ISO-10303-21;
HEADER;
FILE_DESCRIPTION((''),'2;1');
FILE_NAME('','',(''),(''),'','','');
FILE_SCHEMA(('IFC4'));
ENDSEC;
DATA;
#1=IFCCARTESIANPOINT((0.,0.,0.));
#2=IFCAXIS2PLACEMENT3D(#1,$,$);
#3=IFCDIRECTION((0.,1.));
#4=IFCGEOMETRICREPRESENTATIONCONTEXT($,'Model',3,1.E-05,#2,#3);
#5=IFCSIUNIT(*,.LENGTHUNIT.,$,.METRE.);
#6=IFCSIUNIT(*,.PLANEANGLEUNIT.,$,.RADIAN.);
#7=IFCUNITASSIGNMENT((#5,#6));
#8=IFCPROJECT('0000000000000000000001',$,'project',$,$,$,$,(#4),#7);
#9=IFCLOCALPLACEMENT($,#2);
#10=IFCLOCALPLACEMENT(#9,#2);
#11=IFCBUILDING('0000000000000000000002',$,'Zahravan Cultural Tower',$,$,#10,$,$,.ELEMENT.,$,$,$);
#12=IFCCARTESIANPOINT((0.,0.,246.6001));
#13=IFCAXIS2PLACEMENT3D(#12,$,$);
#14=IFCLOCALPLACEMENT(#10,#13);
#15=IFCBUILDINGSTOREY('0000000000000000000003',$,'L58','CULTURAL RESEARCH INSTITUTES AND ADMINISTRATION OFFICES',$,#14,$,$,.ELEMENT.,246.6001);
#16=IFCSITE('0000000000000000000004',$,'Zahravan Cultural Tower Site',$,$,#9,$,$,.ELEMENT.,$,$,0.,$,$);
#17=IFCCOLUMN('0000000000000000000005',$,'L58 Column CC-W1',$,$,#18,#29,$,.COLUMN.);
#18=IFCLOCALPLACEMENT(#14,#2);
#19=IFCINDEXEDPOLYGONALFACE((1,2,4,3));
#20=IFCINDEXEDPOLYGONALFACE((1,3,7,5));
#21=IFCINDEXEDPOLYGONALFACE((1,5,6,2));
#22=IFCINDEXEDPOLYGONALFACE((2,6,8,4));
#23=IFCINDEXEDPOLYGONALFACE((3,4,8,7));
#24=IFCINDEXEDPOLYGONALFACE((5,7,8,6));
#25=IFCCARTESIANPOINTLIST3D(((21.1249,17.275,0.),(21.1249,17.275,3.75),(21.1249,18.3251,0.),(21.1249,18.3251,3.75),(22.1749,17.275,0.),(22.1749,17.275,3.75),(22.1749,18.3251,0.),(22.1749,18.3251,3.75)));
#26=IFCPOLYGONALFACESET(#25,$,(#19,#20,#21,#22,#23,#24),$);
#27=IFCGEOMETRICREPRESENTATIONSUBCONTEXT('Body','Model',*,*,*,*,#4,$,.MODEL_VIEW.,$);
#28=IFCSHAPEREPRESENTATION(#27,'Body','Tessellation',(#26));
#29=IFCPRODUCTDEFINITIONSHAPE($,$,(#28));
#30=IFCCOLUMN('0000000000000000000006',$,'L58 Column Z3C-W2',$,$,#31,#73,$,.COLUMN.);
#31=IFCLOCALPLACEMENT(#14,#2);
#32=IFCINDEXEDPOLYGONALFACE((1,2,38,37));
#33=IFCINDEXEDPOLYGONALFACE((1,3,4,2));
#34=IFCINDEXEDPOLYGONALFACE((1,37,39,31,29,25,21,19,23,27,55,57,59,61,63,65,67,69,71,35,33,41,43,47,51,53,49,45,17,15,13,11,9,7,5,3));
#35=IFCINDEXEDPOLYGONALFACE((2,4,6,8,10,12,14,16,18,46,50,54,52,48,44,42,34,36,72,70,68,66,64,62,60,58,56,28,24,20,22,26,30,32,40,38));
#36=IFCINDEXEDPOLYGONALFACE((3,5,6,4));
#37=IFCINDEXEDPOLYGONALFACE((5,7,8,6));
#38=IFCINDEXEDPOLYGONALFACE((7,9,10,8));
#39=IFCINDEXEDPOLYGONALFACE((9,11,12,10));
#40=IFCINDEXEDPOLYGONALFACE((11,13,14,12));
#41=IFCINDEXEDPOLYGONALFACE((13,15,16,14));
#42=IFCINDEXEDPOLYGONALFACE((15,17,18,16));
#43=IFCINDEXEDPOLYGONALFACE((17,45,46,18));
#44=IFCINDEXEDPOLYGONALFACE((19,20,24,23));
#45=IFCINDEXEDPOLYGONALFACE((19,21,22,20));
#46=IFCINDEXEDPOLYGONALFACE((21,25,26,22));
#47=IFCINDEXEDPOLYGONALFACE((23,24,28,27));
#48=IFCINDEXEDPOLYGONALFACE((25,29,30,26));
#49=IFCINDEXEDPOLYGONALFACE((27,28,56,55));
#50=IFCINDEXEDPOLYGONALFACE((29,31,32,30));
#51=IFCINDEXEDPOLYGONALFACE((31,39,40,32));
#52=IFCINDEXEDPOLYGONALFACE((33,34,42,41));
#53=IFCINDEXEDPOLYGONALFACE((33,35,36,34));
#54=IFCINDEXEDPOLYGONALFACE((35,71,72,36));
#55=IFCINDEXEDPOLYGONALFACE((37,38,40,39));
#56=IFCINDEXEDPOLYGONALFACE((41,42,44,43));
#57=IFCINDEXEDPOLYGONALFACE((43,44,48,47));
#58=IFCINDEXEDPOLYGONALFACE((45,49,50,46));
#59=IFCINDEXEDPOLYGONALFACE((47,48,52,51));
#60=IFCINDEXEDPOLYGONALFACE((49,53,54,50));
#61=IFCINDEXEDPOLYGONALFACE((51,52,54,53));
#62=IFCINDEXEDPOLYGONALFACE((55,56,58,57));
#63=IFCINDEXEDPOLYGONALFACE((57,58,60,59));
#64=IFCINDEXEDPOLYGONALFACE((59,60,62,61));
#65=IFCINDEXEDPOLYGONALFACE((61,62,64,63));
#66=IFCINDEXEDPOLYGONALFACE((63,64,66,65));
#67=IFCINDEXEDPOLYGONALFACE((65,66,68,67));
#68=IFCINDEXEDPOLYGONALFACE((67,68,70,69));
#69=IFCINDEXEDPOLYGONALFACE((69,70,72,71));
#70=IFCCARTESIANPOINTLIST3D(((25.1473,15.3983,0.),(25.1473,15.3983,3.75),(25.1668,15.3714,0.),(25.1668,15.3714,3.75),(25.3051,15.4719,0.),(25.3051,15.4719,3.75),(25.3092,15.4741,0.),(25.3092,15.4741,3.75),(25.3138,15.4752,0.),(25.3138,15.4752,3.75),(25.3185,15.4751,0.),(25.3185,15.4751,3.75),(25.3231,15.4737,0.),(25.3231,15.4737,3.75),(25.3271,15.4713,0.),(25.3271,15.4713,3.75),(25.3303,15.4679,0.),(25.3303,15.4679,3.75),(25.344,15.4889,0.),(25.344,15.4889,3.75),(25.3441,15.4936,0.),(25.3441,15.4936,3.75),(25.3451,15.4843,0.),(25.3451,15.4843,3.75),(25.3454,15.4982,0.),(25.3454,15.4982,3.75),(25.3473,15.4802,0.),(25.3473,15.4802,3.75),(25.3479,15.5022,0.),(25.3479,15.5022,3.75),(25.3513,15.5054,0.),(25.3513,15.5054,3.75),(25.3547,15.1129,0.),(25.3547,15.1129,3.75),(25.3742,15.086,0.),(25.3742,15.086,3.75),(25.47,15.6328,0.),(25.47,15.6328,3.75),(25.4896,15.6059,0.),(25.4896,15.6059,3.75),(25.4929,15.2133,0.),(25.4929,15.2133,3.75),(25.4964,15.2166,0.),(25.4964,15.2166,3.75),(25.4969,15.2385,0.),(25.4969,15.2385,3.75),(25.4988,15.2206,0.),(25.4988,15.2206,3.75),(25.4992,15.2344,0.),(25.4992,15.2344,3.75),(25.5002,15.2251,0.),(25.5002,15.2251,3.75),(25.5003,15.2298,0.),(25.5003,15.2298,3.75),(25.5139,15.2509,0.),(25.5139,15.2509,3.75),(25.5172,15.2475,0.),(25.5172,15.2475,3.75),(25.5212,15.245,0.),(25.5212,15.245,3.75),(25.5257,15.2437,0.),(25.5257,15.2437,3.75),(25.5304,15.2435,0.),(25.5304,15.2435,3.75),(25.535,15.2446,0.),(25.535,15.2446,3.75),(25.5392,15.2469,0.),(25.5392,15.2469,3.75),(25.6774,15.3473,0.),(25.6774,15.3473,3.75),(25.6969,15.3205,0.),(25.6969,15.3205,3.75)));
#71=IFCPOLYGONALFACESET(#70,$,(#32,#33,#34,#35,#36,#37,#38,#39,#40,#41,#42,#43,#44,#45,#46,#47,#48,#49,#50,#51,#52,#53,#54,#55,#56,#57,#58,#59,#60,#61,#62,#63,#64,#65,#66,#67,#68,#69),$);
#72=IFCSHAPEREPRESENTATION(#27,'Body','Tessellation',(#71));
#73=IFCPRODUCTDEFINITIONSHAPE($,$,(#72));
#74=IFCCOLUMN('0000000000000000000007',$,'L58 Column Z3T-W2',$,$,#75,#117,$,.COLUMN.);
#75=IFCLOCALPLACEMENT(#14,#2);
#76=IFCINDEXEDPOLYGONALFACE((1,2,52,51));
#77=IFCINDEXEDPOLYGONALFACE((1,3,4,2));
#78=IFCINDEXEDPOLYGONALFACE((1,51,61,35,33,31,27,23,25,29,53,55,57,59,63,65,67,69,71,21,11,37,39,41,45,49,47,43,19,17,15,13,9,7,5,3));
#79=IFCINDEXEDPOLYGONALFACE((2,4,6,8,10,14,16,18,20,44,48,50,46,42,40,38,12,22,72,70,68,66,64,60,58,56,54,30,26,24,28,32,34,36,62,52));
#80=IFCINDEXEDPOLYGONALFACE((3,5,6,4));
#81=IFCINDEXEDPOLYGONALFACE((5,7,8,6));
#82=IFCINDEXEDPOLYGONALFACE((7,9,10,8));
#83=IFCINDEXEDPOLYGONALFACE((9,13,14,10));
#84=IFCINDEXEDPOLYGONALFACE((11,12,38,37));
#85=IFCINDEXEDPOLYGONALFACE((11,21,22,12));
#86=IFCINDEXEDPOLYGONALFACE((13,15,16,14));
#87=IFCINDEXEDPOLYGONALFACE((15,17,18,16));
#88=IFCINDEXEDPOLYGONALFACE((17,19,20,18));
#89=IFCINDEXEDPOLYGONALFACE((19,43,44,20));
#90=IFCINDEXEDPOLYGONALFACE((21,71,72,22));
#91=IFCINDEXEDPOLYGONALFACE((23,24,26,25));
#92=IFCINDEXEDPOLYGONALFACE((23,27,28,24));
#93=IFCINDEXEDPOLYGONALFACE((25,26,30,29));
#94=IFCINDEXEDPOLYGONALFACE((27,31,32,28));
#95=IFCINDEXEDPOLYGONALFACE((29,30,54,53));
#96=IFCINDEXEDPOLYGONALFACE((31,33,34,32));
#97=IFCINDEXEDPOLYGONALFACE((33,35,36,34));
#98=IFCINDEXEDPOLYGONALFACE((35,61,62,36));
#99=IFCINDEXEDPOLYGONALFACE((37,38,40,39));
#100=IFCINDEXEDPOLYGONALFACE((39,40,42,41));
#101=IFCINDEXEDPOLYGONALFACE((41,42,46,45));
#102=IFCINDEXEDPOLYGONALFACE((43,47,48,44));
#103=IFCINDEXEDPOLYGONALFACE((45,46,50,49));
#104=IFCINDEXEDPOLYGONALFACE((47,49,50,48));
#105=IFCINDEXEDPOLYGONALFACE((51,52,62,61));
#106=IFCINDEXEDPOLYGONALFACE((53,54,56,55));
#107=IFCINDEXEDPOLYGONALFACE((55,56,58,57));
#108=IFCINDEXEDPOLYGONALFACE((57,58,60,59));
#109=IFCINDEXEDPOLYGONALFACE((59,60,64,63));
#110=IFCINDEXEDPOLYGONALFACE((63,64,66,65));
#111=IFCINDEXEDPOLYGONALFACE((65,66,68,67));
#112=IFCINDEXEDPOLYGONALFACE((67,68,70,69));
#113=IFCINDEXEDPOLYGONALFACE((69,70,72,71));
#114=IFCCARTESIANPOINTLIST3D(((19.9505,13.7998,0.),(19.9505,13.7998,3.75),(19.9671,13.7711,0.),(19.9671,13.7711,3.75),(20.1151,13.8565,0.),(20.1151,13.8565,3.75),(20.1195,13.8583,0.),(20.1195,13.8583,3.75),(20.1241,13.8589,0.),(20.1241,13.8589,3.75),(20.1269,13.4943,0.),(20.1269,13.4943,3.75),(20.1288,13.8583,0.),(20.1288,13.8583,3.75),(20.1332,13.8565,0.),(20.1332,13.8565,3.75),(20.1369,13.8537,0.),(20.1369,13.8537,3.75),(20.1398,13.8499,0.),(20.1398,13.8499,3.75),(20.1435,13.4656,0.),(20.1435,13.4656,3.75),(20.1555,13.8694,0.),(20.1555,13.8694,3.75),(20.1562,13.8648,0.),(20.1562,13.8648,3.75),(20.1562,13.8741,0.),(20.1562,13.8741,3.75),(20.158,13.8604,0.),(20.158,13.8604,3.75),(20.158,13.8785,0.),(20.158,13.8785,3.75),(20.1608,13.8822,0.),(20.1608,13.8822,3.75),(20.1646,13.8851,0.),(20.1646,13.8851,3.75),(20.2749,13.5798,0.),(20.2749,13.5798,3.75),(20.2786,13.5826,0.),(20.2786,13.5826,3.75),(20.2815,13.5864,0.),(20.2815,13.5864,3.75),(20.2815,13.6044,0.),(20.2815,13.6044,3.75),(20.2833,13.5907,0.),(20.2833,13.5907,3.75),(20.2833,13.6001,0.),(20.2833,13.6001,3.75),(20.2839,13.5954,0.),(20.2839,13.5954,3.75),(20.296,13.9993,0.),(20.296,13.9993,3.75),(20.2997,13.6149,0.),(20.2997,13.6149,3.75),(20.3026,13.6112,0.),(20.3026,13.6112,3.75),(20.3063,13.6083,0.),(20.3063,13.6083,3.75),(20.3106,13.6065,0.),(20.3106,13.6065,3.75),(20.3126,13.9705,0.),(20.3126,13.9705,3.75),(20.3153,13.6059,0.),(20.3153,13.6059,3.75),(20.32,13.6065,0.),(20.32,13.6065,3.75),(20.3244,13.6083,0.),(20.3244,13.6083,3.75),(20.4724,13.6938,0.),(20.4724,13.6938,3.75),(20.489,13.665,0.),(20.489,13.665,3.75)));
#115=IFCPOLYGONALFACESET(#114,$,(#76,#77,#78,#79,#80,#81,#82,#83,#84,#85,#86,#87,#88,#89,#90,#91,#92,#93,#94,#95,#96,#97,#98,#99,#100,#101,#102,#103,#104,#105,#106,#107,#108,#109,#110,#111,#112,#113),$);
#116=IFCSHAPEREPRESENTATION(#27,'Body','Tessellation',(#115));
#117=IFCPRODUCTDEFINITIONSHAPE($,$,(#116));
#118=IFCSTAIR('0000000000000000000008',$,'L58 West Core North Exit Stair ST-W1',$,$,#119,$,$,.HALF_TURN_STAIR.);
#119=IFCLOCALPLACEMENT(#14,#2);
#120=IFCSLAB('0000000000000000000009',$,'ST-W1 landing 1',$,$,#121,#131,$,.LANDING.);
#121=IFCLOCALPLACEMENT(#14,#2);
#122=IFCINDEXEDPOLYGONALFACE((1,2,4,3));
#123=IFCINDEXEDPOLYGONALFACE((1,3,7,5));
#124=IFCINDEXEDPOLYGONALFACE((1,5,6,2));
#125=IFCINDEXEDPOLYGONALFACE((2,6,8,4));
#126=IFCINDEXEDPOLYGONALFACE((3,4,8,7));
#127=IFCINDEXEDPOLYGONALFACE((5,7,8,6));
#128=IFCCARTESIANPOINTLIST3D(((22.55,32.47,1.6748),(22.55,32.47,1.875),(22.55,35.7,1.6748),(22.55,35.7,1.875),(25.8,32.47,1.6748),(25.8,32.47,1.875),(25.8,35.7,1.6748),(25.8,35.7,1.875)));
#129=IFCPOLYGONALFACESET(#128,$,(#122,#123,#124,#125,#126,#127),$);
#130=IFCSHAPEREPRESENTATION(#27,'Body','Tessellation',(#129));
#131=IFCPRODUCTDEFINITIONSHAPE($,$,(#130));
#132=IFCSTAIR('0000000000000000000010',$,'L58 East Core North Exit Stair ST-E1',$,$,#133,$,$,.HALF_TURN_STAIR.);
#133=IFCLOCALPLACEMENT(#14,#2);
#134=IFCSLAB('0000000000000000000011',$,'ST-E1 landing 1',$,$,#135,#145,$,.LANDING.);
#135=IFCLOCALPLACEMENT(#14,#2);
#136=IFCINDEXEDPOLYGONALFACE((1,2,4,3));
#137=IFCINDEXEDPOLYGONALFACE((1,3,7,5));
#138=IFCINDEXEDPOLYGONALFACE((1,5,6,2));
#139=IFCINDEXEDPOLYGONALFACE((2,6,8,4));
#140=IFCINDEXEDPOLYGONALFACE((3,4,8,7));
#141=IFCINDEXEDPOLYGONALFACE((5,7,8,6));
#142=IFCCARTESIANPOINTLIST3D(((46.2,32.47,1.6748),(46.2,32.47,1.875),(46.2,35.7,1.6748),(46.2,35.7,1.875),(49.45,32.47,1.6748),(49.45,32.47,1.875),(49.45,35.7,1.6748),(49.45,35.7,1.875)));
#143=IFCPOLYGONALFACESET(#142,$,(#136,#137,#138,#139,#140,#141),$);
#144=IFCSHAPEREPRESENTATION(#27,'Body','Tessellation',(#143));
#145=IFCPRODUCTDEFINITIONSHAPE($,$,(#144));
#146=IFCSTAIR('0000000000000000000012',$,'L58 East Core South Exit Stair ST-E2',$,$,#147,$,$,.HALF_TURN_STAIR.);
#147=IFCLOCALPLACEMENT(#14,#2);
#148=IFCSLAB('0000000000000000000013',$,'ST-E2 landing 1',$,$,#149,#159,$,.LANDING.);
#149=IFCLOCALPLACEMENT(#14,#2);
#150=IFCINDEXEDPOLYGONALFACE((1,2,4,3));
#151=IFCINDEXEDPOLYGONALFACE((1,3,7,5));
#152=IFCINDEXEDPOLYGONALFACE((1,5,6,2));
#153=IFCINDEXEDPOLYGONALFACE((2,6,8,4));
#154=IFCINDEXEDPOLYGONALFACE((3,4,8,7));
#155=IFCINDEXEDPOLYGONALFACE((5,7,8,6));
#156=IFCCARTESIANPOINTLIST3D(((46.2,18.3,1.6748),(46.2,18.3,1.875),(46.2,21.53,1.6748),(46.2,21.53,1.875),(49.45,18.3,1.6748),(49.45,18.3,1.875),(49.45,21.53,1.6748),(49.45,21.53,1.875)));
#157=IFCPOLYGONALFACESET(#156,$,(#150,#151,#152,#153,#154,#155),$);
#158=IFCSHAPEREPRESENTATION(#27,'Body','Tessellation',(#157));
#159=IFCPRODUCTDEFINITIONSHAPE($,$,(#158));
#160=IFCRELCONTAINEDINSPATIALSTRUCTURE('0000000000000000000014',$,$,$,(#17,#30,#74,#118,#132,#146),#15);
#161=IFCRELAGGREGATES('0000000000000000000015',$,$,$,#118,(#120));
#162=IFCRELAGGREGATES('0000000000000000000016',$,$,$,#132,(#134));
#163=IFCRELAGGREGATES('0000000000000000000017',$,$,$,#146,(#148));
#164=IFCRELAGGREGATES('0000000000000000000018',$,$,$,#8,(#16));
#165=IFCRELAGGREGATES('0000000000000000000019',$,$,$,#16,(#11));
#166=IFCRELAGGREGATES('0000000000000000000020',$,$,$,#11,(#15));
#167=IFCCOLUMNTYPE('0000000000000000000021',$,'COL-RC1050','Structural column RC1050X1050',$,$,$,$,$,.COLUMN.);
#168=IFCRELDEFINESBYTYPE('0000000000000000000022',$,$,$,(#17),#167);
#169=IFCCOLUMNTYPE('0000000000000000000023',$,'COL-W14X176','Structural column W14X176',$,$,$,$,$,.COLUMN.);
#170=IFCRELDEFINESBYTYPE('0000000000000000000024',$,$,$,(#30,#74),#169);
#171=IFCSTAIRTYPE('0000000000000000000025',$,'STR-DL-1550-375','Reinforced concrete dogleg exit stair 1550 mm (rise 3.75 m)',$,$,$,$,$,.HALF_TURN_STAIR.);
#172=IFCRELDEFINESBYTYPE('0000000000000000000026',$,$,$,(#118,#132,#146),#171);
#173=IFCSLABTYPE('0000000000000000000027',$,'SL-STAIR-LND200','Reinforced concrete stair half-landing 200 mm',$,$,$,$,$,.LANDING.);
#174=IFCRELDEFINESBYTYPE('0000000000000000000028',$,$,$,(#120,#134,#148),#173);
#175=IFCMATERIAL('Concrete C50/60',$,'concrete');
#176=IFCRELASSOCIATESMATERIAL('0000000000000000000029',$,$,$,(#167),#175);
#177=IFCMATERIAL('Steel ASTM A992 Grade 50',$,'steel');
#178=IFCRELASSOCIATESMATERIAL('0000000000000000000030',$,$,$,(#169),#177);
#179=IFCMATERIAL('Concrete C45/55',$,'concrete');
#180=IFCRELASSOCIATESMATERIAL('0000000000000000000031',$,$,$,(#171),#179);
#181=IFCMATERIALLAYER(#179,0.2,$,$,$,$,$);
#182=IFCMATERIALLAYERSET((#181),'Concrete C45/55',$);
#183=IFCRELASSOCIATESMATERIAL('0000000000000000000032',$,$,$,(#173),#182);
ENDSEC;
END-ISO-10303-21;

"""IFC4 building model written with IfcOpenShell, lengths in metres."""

from ifc_helpers import new_model, si_unit, direction, frame, origin, origin_2d, place, context, subcontext, project, spatial, polyline, rectangle, i_section, outline, extrude, source, transform, mapped, material, layer, layer_set, material_profile, profile_set, type_object, element, aggregate, save


model = new_model("IFC4")

# Units and contexts
model_context = context("Model", 3, precision=1e-05, world=origin(), true_north=direction((0.0, 1.0)))
body_context = subcontext(model_context, "Body", "Model", "MODEL_VIEW")
ifc_project = project(units=[si_unit("LENGTHUNIT", "METRE"), si_unit("PLANEANGLEUNIT", "RADIAN")], contexts=[model_context])

# Site, building, storey
site_placement = place(None, origin())
site = spatial("IfcSite", under=ifc_project, at=site_placement, Name="Zahravan Cultural Tower Site", CompositionType="ELEMENT", RefElevation=0.0)
building_placement = place(site_placement, origin())
building = spatial("IfcBuilding", under=site, at=building_placement, Name="Zahravan Cultural Tower", CompositionType="ELEMENT")
storey_placement = place(building_placement, frame((0.0, 0.0, 246.6001)))
storey = spatial("IfcBuildingStorey", under=building, at=storey_placement, Name="L58", Description="CULTURAL RESEARCH INSTITUTES AND ADMINISTRATION OFFICES", CompositionType="ELEMENT", Elevation=246.6001)

# Columns
ifc_material_1 = material(Name="Concrete C50/60", Category="concrete")
ifc_material_profile_1 = material_profile(ifc_material_1, rectangle(XDim=1.05, YDim=1.05, at=origin_2d()), Name="RC1050X1050")
ifc_profile_set_1 = profile_set([ifc_material_profile_1], Name="Concrete C50/60")
column_type_1 = type_object("IfcColumnType", Name="COL-RC1050", Description="Structural column RC1050X1050", PredefinedType="COLUMN", material=ifc_profile_set_1)
shared_shape_1 = source(origin(), body_context, "Body", "SweptSolid", [
    extrude(rectangle(XDim=1.05, YDim=1.05, at=origin_2d()), origin(), (0.0, 0.0, 1.0), 3.75),
])
column_placement = place(storey_placement, frame((21.6499, 17.8, 0.0), z_axis=(0.0, 0.0, 1.0), x_axis=(1.0, 0.0, 0.0)))
element("IfcColumn", 1, at=column_placement, inside=storey, type_object=column_type_1, Name="L58 Column CC-W1", PredefinedType="COLUMN", context=body_context, shape_type="MappedRepresentation", body=[
    mapped(shared_shape_1, transform((0.0, 0.0, 0.0), x_axis=(1.0, 0.0, 0.0), y_axis=(0.0, 1.0, 0.0), z_axis=(0.0, 0.0, 1.0), scale=1.0)),
])
ifc_material_2 = material(Name="Steel ASTM A992 Grade 50", Category="steel")
ifc_material_profile_2 = material_profile(ifc_material_2, i_section(OverallWidth=0.3989, OverallDepth=0.386, WebThickness=0.021, FlangeThickness=0.0332, FilletRadius=0.0181, at=origin_2d()), Name="W14X176")
ifc_profile_set_2 = profile_set([ifc_material_profile_2], Name="Steel ASTM A992 Grade 50")
column_type_2 = type_object("IfcColumnType", Name="COL-W14X176", Description="Structural column W14X176", PredefinedType="COLUMN", material=ifc_profile_set_2)
shared_shape_2 = source(origin(), body_context, "Body", "SweptSolid", [
    extrude(i_section(OverallWidth=0.3989, OverallDepth=0.386, WebThickness=0.021, FlangeThickness=0.0332, FilletRadius=0.0181, at=origin_2d()), origin(), (0.0, 0.0, 1.0), 3.75),
])
for number, where, z_axis, x_axis, name in (
    (2, (25.4221, 15.3594, 0.0), (0.0, 0.0, 1.0), (0.809017, 0.587785, 0.0), "L58 Column Z3C-W2"),
    (3, (20.2197, 13.7324, 0.0), (0.0, 0.0, 1.0), (0.866025, 0.5, 0.0), "L58 Column Z3T-W2"),
):
    element("IfcColumn", number, at=place(storey_placement, frame(where, z_axis=z_axis, x_axis=x_axis)), inside=storey, type_object=column_type_2, Name=name, PredefinedType="COLUMN", context=body_context, shape_type="MappedRepresentation", body=[
        mapped(shared_shape_2, transform((0.0, 0.0, 0.0), x_axis=(1.0, 0.0, 0.0), y_axis=(0.0, 1.0, 0.0), z_axis=(0.0, 0.0, 1.0), scale=1.0)),
    ])

# Stairs, slabs
ifc_material_3 = material(Name="Concrete C45/55", Category="concrete")
stair_type = type_object("IfcStairType", Name="STR-DL-1550-375", Description="Reinforced concrete dogleg exit stair 1550 mm (rise 3.75 m)", PredefinedType="HALF_TURN_STAIR", material=ifc_material_3)
stair_1_placement = place(storey_placement, origin())
stair_1 = element("IfcStair", 4, at=stair_1_placement, inside=storey, type_object=stair_type, Name="L58 West Core North Exit Stair ST-W1", PredefinedType="HALF_TURN_STAIR")
ifc_layer_1 = layer(ifc_material_3, 0.2)
ifc_layer_set_1 = layer_set([ifc_layer_1], Name="Concrete C45/55")
slab_type_1 = type_object("IfcSlabType", Name="SL-STAIR-LND200", Description="Reinforced concrete stair half-landing 200 mm", PredefinedType="LANDING", material=ifc_layer_set_1)
slab_1_placement = place(storey_placement, frame((0.0, 0.0, 1.6748)))
slab_1 = element("IfcSlab", 5, at=slab_1_placement, type_object=slab_type_1, Name="ST-W1 landing 1", PredefinedType="LANDING", context=body_context, shape_type="SweptSolid", body=[
    extrude(outline(polyline([(25.8, 32.47), (25.8, 35.7), (22.55, 35.7), (22.55, 32.47), (25.8, 32.47)])), origin(), (0.0, 0.0, 1.0), 0.2002),
])
aggregate(stair_1, [slab_1])
stair_2_placement = place(storey_placement, origin())
stair_2 = element("IfcStair", 6, at=stair_2_placement, inside=storey, type_object=stair_type, Name="L58 East Core North Exit Stair ST-E1", PredefinedType="HALF_TURN_STAIR")
slab_2_placement = place(storey_placement, frame((0.0, 0.0, 1.6748)))
slab_2 = element("IfcSlab", 7, at=slab_2_placement, type_object=slab_type_1, Name="ST-E1 landing 1", PredefinedType="LANDING", context=body_context, shape_type="SweptSolid", body=[
    extrude(outline(polyline([(49.45, 32.47), (49.45, 35.7), (46.2, 35.7), (46.2, 32.47), (49.45, 32.47)])), origin(), (0.0, 0.0, 1.0), 0.2002),
])
aggregate(stair_2, [slab_2])
stair_3_placement = place(storey_placement, origin())
stair_3 = element("IfcStair", 8, at=stair_3_placement, inside=storey, type_object=stair_type, Name="L58 East Core South Exit Stair ST-E2", PredefinedType="HALF_TURN_STAIR")
slab_3_placement = place(storey_placement, frame((0.0, 0.0, 1.6748)))
slab_3 = element("IfcSlab", 9, at=slab_3_placement, type_object=slab_type_1, Name="ST-E2 landing 1", PredefinedType="LANDING", context=body_context, shape_type="SweptSolid", body=[
    extrude(outline(polyline([(46.2, 21.53), (46.2, 18.3), (49.45, 18.3), (49.45, 21.53), (46.2, 21.53)])), origin(), (0.0, 0.0, 1.0), 0.2002),
])
aggregate(stair_3, [slab_3])

save(model, "model.ifc")
